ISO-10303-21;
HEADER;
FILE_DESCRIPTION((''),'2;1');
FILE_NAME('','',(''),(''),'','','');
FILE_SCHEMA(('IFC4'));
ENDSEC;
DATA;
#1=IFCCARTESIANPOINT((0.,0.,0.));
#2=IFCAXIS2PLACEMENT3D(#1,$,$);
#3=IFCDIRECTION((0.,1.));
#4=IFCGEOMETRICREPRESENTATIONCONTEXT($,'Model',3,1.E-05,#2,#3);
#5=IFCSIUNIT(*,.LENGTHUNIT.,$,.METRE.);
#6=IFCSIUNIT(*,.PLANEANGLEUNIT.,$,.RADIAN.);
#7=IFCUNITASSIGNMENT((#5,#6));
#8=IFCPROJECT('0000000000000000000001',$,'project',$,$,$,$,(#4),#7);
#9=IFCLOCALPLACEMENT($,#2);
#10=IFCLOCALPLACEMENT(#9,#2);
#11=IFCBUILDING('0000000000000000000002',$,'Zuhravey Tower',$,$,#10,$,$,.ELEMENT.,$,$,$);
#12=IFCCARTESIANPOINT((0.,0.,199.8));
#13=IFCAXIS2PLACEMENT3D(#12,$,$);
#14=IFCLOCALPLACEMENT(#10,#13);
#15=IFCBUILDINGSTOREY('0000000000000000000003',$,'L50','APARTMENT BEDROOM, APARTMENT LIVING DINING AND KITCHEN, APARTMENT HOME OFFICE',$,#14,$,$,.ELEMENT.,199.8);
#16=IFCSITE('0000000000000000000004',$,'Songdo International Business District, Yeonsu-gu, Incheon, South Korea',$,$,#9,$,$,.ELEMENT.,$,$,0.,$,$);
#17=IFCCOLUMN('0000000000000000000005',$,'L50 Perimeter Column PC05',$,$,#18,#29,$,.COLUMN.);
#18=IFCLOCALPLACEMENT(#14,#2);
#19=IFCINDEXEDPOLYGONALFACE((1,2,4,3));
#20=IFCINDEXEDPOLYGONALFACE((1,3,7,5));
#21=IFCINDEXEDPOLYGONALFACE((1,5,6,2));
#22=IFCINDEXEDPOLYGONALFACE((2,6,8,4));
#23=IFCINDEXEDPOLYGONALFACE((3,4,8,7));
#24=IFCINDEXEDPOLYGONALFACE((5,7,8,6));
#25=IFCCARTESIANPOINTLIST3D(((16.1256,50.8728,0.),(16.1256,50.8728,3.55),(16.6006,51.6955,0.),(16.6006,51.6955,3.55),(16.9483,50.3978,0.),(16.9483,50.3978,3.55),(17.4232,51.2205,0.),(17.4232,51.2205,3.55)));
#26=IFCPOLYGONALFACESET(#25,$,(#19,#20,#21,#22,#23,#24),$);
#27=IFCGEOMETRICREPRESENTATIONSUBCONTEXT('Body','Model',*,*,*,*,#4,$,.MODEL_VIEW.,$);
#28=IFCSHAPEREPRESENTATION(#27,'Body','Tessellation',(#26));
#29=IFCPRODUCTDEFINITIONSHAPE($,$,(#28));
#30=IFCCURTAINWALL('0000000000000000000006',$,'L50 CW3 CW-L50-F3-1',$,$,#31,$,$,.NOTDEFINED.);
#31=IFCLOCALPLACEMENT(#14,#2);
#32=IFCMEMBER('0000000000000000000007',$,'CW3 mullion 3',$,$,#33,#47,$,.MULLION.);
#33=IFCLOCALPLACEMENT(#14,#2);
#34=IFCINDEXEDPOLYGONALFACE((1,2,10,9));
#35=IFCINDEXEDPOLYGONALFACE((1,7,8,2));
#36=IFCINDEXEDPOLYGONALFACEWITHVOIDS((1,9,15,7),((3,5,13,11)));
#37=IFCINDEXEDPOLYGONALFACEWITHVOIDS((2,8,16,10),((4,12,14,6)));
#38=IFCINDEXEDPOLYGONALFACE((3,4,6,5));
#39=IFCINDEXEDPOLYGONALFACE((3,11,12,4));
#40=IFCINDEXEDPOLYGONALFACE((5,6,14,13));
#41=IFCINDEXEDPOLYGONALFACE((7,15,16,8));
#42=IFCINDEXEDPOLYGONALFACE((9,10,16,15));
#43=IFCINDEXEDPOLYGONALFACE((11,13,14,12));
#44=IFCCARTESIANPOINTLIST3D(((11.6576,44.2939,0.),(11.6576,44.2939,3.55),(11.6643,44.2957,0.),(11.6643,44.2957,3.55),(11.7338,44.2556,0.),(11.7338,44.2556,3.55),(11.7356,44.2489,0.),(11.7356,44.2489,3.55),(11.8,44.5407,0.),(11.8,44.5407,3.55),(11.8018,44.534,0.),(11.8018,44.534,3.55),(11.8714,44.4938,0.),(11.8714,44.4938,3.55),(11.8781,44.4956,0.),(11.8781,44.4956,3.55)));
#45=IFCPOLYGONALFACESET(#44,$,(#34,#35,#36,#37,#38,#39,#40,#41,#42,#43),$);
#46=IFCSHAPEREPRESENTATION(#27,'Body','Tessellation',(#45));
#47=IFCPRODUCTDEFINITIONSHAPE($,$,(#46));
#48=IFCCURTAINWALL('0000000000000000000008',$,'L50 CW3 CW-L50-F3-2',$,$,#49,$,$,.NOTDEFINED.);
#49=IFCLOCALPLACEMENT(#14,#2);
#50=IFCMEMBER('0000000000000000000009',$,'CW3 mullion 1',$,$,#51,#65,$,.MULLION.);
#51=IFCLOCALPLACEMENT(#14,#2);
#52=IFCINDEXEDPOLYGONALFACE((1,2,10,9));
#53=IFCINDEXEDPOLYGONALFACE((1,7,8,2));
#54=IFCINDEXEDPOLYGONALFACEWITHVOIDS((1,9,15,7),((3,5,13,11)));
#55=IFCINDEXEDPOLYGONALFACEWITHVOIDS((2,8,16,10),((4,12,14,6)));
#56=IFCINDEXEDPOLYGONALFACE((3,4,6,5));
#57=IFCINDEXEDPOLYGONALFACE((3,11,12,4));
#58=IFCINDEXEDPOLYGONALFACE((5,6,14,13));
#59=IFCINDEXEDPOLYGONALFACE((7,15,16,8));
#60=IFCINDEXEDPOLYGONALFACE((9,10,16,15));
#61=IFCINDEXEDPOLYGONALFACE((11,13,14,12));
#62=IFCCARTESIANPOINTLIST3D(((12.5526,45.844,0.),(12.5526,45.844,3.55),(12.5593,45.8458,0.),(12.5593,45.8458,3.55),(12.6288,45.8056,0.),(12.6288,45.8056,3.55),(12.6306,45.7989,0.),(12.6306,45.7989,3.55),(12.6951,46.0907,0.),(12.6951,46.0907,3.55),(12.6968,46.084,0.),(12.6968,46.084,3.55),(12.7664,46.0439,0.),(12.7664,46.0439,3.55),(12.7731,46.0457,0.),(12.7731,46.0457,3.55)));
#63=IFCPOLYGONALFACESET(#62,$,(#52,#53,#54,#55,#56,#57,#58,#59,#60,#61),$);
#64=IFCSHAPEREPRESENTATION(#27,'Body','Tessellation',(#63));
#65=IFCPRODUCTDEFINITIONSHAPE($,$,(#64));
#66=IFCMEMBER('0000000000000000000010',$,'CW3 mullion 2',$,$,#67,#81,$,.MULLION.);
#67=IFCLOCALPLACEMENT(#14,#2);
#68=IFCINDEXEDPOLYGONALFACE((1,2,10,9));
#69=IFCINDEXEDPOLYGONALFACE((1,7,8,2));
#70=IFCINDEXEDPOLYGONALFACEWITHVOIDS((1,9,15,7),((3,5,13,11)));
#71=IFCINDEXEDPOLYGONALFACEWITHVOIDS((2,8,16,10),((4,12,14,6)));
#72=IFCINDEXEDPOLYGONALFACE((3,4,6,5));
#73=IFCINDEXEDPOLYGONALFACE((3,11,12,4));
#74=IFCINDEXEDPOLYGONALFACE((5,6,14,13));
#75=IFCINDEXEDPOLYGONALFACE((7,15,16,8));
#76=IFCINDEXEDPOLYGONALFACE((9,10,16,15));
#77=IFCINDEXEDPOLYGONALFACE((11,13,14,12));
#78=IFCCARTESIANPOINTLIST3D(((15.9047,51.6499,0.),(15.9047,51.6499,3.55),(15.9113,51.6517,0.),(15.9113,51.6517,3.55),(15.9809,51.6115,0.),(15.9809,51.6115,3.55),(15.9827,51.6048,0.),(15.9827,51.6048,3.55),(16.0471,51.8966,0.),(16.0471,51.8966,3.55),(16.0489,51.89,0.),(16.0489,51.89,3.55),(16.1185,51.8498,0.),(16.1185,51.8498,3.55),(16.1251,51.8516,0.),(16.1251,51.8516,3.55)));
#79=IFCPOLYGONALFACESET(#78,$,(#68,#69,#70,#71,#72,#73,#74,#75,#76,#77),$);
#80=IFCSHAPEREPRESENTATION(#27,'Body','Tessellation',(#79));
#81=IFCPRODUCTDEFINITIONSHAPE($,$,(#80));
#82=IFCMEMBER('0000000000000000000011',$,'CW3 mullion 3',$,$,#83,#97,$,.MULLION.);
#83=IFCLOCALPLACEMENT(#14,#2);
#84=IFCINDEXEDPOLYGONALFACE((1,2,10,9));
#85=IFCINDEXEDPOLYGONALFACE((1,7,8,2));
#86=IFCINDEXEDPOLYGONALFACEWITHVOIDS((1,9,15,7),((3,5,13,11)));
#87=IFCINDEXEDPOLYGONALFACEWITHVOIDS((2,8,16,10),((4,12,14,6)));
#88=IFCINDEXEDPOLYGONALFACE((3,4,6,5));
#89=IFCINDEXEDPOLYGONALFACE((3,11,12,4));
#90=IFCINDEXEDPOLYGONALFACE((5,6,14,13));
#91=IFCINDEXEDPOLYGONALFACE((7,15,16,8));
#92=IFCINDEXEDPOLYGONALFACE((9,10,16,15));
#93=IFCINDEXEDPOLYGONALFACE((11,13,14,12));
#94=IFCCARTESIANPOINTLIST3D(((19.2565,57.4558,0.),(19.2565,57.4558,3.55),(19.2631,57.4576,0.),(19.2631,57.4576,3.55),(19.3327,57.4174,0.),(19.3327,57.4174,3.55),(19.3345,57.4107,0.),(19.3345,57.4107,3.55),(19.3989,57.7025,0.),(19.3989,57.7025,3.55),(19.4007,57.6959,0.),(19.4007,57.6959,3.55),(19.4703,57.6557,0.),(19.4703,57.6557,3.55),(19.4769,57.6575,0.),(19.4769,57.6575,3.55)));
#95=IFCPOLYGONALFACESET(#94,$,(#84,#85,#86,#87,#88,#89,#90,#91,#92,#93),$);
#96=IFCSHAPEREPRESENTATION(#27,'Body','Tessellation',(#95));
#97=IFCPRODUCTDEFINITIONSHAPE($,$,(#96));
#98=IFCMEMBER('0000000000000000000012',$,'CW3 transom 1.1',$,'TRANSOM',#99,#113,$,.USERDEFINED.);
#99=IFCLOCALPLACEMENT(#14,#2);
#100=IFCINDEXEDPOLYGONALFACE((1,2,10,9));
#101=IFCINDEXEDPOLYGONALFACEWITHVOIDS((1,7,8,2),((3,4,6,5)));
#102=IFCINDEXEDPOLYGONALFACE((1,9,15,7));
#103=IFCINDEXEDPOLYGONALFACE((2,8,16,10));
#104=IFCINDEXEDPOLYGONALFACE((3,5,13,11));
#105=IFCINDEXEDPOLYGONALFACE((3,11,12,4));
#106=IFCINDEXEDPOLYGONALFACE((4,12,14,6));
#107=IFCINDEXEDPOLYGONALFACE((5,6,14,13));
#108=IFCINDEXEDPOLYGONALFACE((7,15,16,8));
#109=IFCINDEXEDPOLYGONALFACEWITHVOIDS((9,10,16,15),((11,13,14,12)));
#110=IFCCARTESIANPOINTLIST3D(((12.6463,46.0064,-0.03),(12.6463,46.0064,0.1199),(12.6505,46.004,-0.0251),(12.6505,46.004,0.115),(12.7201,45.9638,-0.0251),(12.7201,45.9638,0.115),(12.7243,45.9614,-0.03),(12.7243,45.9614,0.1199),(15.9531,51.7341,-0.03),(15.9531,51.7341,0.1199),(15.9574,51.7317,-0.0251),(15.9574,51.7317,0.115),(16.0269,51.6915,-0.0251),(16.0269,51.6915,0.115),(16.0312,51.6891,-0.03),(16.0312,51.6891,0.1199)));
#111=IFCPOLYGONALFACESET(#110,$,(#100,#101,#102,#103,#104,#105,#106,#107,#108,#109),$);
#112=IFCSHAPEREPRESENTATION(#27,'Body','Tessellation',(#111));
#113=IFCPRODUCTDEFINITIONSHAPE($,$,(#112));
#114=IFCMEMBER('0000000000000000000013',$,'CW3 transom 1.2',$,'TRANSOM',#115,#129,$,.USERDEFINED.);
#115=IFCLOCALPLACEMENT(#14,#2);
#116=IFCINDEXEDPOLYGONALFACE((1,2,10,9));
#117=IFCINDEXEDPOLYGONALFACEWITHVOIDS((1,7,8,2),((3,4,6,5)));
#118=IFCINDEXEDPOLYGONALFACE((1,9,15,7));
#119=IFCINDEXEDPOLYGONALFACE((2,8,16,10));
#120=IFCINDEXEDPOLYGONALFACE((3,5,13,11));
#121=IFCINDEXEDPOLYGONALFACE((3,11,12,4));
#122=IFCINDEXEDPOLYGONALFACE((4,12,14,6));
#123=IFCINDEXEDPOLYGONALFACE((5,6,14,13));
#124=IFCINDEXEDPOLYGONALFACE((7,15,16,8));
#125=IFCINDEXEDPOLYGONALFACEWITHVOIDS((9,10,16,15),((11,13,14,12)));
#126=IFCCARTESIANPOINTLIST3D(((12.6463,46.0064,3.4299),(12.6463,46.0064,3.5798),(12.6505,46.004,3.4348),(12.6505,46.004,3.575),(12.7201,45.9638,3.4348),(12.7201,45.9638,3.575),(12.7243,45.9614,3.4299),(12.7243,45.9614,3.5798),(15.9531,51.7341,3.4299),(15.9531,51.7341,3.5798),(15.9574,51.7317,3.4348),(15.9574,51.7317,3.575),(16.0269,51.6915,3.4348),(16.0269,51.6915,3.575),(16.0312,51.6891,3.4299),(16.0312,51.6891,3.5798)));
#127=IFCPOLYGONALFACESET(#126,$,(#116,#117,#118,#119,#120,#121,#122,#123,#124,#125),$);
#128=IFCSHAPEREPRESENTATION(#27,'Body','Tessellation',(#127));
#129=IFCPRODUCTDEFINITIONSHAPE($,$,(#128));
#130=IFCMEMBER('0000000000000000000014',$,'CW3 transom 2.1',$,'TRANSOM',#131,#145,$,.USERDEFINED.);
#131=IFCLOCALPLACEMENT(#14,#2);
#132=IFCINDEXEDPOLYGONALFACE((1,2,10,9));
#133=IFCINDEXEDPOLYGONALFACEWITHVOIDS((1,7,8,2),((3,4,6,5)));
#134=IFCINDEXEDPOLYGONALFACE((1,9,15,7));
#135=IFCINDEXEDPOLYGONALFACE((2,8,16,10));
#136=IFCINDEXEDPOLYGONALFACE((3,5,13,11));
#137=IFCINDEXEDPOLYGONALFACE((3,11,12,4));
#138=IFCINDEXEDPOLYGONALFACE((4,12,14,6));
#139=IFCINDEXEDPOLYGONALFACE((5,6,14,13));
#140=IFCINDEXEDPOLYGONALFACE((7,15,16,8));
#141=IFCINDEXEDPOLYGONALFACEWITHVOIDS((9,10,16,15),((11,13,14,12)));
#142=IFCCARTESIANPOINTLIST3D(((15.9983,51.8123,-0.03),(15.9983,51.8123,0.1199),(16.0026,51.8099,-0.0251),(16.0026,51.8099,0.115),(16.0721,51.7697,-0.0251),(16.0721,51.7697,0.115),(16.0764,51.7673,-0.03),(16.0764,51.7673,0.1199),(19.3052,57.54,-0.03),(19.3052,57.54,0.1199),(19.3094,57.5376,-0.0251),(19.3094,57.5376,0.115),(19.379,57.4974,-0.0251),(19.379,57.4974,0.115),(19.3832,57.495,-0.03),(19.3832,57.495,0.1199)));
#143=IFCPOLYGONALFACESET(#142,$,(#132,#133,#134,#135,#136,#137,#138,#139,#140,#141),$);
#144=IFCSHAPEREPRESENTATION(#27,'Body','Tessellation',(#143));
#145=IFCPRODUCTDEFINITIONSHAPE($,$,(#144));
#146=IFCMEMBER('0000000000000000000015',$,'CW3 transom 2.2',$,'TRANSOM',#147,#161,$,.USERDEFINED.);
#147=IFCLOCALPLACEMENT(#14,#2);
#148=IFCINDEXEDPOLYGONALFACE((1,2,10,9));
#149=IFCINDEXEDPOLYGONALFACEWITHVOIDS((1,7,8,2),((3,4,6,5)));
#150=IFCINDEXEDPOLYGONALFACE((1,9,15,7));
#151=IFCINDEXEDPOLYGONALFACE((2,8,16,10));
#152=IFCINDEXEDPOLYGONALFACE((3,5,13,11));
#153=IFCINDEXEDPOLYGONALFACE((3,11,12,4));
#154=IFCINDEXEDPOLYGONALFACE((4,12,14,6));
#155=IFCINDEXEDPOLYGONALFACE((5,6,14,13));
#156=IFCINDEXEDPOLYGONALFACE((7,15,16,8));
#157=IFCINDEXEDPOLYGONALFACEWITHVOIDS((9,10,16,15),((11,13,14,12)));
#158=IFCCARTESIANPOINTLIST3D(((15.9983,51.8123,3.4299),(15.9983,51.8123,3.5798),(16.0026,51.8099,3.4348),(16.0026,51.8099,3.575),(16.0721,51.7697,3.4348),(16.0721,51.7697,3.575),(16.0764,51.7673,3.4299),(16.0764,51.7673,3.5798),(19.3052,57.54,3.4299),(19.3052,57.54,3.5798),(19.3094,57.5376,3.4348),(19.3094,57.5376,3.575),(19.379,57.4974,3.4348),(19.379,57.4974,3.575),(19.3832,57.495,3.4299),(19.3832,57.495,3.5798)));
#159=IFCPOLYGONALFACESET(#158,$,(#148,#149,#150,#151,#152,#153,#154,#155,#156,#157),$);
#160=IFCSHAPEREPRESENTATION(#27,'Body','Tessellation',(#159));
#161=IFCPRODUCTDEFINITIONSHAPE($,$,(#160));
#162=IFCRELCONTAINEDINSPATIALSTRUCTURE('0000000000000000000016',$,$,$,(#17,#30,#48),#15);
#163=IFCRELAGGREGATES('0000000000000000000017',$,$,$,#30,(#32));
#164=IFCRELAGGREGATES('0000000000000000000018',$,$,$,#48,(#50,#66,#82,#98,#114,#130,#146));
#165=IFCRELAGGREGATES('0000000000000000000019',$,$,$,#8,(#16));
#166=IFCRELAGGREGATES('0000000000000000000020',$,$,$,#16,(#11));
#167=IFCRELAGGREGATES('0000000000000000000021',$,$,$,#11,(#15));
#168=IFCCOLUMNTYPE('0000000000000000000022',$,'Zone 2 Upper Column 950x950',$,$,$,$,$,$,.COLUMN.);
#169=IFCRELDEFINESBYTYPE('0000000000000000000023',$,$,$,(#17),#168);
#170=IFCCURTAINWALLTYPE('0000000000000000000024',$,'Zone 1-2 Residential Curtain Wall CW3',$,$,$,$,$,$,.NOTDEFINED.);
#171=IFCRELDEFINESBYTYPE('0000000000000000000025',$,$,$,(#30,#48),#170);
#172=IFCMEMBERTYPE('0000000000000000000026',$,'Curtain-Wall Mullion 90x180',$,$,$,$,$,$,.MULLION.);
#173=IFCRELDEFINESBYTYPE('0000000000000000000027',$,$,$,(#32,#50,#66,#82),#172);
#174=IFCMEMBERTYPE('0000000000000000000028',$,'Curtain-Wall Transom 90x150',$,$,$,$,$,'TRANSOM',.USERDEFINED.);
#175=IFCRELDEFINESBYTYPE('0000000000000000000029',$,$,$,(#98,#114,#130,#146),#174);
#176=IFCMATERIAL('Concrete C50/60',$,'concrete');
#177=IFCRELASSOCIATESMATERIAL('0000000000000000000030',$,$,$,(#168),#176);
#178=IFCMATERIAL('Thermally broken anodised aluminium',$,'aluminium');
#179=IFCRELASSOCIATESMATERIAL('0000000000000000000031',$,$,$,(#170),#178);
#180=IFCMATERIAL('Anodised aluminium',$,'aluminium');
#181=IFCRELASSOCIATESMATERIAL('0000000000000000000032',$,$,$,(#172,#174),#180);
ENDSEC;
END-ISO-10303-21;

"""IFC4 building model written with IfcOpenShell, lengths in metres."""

from ifc_helpers import new_model, si_unit, direction, frame, origin, origin_2d, place, context, subcontext, project, spatial, rectangle, hollow_rectangle, extrude, material, material_profile, profile_set, type_object, element, aggregate, save


model = new_model("IFC4")

# Units and contexts
model_context = context("Model", 3, precision=1e-05, world=origin(), true_north=direction((0.0, 1.0)))
body_context = subcontext(model_context, "Body", "Model", "MODEL_VIEW")
ifc_project = project(units=[si_unit("LENGTHUNIT", "METRE"), si_unit("PLANEANGLEUNIT", "RADIAN")], contexts=[model_context])

# Site, building, storey
site_placement = place(None, origin())
site = spatial("IfcSite", under=ifc_project, at=site_placement, Name="Songdo International Business District, Yeonsu-gu, Incheon, South Korea", CompositionType="ELEMENT", RefElevation=0.0)
building_placement = place(site_placement, origin())
building = spatial("IfcBuilding", under=site, at=building_placement, Name="Zuhravey Tower", CompositionType="ELEMENT")
storey_placement = place(building_placement, frame((0.0, 0.0, 199.8)))
storey = spatial("IfcBuildingStorey", under=building, at=storey_placement, Name="L50", Description="APARTMENT BEDROOM, APARTMENT LIVING DINING AND KITCHEN, APARTMENT HOME OFFICE", CompositionType="ELEMENT", Elevation=199.8)

# Column
ifc_material_1 = material(Name="Concrete C50/60", Category="concrete")
ifc_material_profile_1 = material_profile(ifc_material_1, rectangle(XDim=0.95, YDim=0.95, at=origin_2d()), Name="RC-950x950")
ifc_profile_set_1 = profile_set([ifc_material_profile_1], Name="Concrete C50/60")
column_type = type_object("IfcColumnType", Name="Zone 2 Upper Column 950x950", PredefinedType="COLUMN", material=ifc_profile_set_1)
column_placement = place(storey_placement, frame((16.7744, 51.0466, 0.0), z_axis=(0.0, 0.0, 1.0), x_axis=(-0.5, -0.866025, 0.0)))
element("IfcColumn", 1, at=column_placement, inside=storey, type_object=column_type, Name="L50 Perimeter Column PC05", PredefinedType="COLUMN", context=body_context, shape_type="SweptSolid", body=[
    extrude(rectangle(XDim=0.95, YDim=0.95, at=origin_2d()), origin(), (0.0, 0.0, 1.0), 3.55),
])

# Curtain wall, member
ifc_material_2 = material(Name="Thermally broken anodised aluminium", Category="aluminium")
curtain_wall_type = type_object("IfcCurtainWallType", Name="Zone 1-2 Residential Curtain Wall CW3", PredefinedType="NOTDEFINED", material=ifc_material_2)
curtain_wall_1_placement = place(storey_placement, origin())
curtain_wall_1 = element("IfcCurtainWall", 2, at=curtain_wall_1_placement, inside=storey, type_object=curtain_wall_type, Name="L50 CW3 CW-L50-F3-1", PredefinedType="NOTDEFINED")
ifc_material_3 = material(Name="Anodised aluminium", Category="aluminium")
ifc_material_profile_2 = material_profile(ifc_material_3, hollow_rectangle(XDim=0.0901, YDim=0.2849, WallThickness=0.0049, at=origin_2d()), Name="ALU-RHS-90x285x5")
ifc_profile_set_2 = profile_set([ifc_material_profile_2], Name="Anodised aluminium")
member_type_1 = type_object("IfcMemberType", Name="Curtain-Wall Mullion 90x180", PredefinedType="MULLION", material=ifc_profile_set_2)
member_1_placement = place(storey_placement, frame((11.7678, 44.3948, 0.0), z_axis=(0.0, 0.0, 1.0), x_axis=(-0.866024, 0.500003, 0.0)))
member_1 = element("IfcMember", 3, at=member_1_placement, type_object=member_type_1, Name="CW3 mullion 3", PredefinedType="MULLION", context=body_context, shape_type="SweptSolid", body=[
    extrude(hollow_rectangle(XDim=0.0901, YDim=0.2849, WallThickness=0.0049, at=origin_2d()), origin(), (0.0, 0.0, 1.0), 3.55),
])
aggregate(curtain_wall_1, [member_1])

# Curtain wall, members
curtain_wall_2_placement = place(storey_placement, origin())
curtain_wall_2 = element("IfcCurtainWall", 4, at=curtain_wall_2_placement, inside=storey, type_object=curtain_wall_type, Name="L50 CW3 CW-L50-F3-2", PredefinedType="NOTDEFINED")
member_2_placement = place(storey_placement, frame((12.6628, 45.9448, 0.0), z_axis=(0.0, 0.0, 1.0), x_axis=(-0.866027, 0.499997, 0.0)))
member_2 = element("IfcMember", 5, at=member_2_placement, type_object=member_type_1, Name="CW3 mullion 1", PredefinedType="MULLION", context=body_context, shape_type="SweptSolid", body=[
    extrude(hollow_rectangle(XDim=0.0901, YDim=0.2849, WallThickness=0.0049, at=origin_2d()), origin(), (0.0, 0.0, 1.0), 3.55),
])
member_3_placement = place(storey_placement, frame((16.0149, 51.7507, 0.0), z_axis=(0.0, 0.0, 1.0), x_axis=(-0.866027, 0.499997, 0.0)))
member_3 = element("IfcMember", 6, at=member_3_placement, type_object=member_type_1, Name="CW3 mullion 2", PredefinedType="MULLION", context=body_context, shape_type="SweptSolid", body=[
    extrude(hollow_rectangle(XDim=0.0901, YDim=0.2849, WallThickness=0.0049, at=origin_2d()), origin(), (0.0, 0.0, 1.0), 3.55),
])
member_4_placement = place(storey_placement, frame((19.3667, 57.5566, 0.0), z_axis=(0.0, 0.0, 1.0), x_axis=(-0.866027, 0.499997, 0.0)))
member_4 = element("IfcMember", 7, at=member_4_placement, type_object=member_type_1, Name="CW3 mullion 3", PredefinedType="MULLION", context=body_context, shape_type="SweptSolid", body=[
    extrude(hollow_rectangle(XDim=0.0901, YDim=0.2849, WallThickness=0.0049, at=origin_2d()), origin(), (0.0, 0.0, 1.0), 3.55),
])
ifc_material_profile_3 = material_profile(ifc_material_3, hollow_rectangle(XDim=0.0901, YDim=0.1499, WallThickness=0.0049, at=origin_2d()), Name="ALU-RHS-90x150x5")
ifc_profile_set_3 = profile_set([ifc_material_profile_3], Name="Anodised aluminium")
member_type_2 = type_object("IfcMemberType", Name="Curtain-Wall Transom 90x150", ElementType="TRANSOM", PredefinedType="USERDEFINED", material=ifc_profile_set_3)
member_5_placement = place(storey_placement, frame((12.6853, 45.9839, 0.0449), z_axis=(0.499994, 0.866029, 0.0), x_axis=(-0.866029, 0.499994, 0.0)))
member_5 = element("IfcMember", 8, at=member_5_placement, type_object=member_type_2, Name="CW3 transom 1.1", ObjectType="TRANSOM", PredefinedType="USERDEFINED", context=body_context, shape_type="SweptSolid", body=[
    extrude(hollow_rectangle(XDim=0.0901, YDim=0.1499, WallThickness=0.0049, at=origin_2d()), origin(), (0.0, 0.0, 1.0), 6.6138),
])
member_6_placement = place(storey_placement, frame((12.6853, 45.9839, 3.5049), z_axis=(0.499994, 0.866029, 0.0), x_axis=(-0.866029, 0.499994, 0.0)))
member_6 = element("IfcMember", 9, at=member_6_placement, type_object=member_type_2, Name="CW3 transom 1.2", ObjectType="TRANSOM", PredefinedType="USERDEFINED", context=body_context, shape_type="SweptSolid", body=[
    extrude(hollow_rectangle(XDim=0.0901, YDim=0.1499, WallThickness=0.0049, at=origin_2d()), origin(), (0.0, 0.0, 1.0), 6.6138),
])
member_7_placement = place(storey_placement, frame((16.0374, 51.7898, 0.0449), z_axis=(0.499994, 0.866029, 0.0), x_axis=(-0.866029, 0.499994, 0.0)))
member_7 = element("IfcMember", 10, at=member_7_placement, type_object=member_type_2, Name="CW3 transom 2.1", ObjectType="TRANSOM", PredefinedType="USERDEFINED", context=body_context, shape_type="SweptSolid", body=[
    extrude(hollow_rectangle(XDim=0.0901, YDim=0.1499, WallThickness=0.0049, at=origin_2d()), origin(), (0.0, 0.0, 1.0), 6.6138),
])
member_8_placement = place(storey_placement, frame((16.0374, 51.7898, 3.5049), z_axis=(0.499994, 0.866029, 0.0), x_axis=(-0.866029, 0.499994, 0.0)))
member_8 = element("IfcMember", 11, at=member_8_placement, type_object=member_type_2, Name="CW3 transom 2.2", ObjectType="TRANSOM", PredefinedType="USERDEFINED", context=body_context, shape_type="SweptSolid", body=[
    extrude(hollow_rectangle(XDim=0.0901, YDim=0.1499, WallThickness=0.0049, at=origin_2d()), origin(), (0.0, 0.0, 1.0), 6.6138),
])

aggregate(curtain_wall_2, [member_2, member_3, member_4, member_5, member_6, member_7, member_8])

save(model, "model.ifc")
